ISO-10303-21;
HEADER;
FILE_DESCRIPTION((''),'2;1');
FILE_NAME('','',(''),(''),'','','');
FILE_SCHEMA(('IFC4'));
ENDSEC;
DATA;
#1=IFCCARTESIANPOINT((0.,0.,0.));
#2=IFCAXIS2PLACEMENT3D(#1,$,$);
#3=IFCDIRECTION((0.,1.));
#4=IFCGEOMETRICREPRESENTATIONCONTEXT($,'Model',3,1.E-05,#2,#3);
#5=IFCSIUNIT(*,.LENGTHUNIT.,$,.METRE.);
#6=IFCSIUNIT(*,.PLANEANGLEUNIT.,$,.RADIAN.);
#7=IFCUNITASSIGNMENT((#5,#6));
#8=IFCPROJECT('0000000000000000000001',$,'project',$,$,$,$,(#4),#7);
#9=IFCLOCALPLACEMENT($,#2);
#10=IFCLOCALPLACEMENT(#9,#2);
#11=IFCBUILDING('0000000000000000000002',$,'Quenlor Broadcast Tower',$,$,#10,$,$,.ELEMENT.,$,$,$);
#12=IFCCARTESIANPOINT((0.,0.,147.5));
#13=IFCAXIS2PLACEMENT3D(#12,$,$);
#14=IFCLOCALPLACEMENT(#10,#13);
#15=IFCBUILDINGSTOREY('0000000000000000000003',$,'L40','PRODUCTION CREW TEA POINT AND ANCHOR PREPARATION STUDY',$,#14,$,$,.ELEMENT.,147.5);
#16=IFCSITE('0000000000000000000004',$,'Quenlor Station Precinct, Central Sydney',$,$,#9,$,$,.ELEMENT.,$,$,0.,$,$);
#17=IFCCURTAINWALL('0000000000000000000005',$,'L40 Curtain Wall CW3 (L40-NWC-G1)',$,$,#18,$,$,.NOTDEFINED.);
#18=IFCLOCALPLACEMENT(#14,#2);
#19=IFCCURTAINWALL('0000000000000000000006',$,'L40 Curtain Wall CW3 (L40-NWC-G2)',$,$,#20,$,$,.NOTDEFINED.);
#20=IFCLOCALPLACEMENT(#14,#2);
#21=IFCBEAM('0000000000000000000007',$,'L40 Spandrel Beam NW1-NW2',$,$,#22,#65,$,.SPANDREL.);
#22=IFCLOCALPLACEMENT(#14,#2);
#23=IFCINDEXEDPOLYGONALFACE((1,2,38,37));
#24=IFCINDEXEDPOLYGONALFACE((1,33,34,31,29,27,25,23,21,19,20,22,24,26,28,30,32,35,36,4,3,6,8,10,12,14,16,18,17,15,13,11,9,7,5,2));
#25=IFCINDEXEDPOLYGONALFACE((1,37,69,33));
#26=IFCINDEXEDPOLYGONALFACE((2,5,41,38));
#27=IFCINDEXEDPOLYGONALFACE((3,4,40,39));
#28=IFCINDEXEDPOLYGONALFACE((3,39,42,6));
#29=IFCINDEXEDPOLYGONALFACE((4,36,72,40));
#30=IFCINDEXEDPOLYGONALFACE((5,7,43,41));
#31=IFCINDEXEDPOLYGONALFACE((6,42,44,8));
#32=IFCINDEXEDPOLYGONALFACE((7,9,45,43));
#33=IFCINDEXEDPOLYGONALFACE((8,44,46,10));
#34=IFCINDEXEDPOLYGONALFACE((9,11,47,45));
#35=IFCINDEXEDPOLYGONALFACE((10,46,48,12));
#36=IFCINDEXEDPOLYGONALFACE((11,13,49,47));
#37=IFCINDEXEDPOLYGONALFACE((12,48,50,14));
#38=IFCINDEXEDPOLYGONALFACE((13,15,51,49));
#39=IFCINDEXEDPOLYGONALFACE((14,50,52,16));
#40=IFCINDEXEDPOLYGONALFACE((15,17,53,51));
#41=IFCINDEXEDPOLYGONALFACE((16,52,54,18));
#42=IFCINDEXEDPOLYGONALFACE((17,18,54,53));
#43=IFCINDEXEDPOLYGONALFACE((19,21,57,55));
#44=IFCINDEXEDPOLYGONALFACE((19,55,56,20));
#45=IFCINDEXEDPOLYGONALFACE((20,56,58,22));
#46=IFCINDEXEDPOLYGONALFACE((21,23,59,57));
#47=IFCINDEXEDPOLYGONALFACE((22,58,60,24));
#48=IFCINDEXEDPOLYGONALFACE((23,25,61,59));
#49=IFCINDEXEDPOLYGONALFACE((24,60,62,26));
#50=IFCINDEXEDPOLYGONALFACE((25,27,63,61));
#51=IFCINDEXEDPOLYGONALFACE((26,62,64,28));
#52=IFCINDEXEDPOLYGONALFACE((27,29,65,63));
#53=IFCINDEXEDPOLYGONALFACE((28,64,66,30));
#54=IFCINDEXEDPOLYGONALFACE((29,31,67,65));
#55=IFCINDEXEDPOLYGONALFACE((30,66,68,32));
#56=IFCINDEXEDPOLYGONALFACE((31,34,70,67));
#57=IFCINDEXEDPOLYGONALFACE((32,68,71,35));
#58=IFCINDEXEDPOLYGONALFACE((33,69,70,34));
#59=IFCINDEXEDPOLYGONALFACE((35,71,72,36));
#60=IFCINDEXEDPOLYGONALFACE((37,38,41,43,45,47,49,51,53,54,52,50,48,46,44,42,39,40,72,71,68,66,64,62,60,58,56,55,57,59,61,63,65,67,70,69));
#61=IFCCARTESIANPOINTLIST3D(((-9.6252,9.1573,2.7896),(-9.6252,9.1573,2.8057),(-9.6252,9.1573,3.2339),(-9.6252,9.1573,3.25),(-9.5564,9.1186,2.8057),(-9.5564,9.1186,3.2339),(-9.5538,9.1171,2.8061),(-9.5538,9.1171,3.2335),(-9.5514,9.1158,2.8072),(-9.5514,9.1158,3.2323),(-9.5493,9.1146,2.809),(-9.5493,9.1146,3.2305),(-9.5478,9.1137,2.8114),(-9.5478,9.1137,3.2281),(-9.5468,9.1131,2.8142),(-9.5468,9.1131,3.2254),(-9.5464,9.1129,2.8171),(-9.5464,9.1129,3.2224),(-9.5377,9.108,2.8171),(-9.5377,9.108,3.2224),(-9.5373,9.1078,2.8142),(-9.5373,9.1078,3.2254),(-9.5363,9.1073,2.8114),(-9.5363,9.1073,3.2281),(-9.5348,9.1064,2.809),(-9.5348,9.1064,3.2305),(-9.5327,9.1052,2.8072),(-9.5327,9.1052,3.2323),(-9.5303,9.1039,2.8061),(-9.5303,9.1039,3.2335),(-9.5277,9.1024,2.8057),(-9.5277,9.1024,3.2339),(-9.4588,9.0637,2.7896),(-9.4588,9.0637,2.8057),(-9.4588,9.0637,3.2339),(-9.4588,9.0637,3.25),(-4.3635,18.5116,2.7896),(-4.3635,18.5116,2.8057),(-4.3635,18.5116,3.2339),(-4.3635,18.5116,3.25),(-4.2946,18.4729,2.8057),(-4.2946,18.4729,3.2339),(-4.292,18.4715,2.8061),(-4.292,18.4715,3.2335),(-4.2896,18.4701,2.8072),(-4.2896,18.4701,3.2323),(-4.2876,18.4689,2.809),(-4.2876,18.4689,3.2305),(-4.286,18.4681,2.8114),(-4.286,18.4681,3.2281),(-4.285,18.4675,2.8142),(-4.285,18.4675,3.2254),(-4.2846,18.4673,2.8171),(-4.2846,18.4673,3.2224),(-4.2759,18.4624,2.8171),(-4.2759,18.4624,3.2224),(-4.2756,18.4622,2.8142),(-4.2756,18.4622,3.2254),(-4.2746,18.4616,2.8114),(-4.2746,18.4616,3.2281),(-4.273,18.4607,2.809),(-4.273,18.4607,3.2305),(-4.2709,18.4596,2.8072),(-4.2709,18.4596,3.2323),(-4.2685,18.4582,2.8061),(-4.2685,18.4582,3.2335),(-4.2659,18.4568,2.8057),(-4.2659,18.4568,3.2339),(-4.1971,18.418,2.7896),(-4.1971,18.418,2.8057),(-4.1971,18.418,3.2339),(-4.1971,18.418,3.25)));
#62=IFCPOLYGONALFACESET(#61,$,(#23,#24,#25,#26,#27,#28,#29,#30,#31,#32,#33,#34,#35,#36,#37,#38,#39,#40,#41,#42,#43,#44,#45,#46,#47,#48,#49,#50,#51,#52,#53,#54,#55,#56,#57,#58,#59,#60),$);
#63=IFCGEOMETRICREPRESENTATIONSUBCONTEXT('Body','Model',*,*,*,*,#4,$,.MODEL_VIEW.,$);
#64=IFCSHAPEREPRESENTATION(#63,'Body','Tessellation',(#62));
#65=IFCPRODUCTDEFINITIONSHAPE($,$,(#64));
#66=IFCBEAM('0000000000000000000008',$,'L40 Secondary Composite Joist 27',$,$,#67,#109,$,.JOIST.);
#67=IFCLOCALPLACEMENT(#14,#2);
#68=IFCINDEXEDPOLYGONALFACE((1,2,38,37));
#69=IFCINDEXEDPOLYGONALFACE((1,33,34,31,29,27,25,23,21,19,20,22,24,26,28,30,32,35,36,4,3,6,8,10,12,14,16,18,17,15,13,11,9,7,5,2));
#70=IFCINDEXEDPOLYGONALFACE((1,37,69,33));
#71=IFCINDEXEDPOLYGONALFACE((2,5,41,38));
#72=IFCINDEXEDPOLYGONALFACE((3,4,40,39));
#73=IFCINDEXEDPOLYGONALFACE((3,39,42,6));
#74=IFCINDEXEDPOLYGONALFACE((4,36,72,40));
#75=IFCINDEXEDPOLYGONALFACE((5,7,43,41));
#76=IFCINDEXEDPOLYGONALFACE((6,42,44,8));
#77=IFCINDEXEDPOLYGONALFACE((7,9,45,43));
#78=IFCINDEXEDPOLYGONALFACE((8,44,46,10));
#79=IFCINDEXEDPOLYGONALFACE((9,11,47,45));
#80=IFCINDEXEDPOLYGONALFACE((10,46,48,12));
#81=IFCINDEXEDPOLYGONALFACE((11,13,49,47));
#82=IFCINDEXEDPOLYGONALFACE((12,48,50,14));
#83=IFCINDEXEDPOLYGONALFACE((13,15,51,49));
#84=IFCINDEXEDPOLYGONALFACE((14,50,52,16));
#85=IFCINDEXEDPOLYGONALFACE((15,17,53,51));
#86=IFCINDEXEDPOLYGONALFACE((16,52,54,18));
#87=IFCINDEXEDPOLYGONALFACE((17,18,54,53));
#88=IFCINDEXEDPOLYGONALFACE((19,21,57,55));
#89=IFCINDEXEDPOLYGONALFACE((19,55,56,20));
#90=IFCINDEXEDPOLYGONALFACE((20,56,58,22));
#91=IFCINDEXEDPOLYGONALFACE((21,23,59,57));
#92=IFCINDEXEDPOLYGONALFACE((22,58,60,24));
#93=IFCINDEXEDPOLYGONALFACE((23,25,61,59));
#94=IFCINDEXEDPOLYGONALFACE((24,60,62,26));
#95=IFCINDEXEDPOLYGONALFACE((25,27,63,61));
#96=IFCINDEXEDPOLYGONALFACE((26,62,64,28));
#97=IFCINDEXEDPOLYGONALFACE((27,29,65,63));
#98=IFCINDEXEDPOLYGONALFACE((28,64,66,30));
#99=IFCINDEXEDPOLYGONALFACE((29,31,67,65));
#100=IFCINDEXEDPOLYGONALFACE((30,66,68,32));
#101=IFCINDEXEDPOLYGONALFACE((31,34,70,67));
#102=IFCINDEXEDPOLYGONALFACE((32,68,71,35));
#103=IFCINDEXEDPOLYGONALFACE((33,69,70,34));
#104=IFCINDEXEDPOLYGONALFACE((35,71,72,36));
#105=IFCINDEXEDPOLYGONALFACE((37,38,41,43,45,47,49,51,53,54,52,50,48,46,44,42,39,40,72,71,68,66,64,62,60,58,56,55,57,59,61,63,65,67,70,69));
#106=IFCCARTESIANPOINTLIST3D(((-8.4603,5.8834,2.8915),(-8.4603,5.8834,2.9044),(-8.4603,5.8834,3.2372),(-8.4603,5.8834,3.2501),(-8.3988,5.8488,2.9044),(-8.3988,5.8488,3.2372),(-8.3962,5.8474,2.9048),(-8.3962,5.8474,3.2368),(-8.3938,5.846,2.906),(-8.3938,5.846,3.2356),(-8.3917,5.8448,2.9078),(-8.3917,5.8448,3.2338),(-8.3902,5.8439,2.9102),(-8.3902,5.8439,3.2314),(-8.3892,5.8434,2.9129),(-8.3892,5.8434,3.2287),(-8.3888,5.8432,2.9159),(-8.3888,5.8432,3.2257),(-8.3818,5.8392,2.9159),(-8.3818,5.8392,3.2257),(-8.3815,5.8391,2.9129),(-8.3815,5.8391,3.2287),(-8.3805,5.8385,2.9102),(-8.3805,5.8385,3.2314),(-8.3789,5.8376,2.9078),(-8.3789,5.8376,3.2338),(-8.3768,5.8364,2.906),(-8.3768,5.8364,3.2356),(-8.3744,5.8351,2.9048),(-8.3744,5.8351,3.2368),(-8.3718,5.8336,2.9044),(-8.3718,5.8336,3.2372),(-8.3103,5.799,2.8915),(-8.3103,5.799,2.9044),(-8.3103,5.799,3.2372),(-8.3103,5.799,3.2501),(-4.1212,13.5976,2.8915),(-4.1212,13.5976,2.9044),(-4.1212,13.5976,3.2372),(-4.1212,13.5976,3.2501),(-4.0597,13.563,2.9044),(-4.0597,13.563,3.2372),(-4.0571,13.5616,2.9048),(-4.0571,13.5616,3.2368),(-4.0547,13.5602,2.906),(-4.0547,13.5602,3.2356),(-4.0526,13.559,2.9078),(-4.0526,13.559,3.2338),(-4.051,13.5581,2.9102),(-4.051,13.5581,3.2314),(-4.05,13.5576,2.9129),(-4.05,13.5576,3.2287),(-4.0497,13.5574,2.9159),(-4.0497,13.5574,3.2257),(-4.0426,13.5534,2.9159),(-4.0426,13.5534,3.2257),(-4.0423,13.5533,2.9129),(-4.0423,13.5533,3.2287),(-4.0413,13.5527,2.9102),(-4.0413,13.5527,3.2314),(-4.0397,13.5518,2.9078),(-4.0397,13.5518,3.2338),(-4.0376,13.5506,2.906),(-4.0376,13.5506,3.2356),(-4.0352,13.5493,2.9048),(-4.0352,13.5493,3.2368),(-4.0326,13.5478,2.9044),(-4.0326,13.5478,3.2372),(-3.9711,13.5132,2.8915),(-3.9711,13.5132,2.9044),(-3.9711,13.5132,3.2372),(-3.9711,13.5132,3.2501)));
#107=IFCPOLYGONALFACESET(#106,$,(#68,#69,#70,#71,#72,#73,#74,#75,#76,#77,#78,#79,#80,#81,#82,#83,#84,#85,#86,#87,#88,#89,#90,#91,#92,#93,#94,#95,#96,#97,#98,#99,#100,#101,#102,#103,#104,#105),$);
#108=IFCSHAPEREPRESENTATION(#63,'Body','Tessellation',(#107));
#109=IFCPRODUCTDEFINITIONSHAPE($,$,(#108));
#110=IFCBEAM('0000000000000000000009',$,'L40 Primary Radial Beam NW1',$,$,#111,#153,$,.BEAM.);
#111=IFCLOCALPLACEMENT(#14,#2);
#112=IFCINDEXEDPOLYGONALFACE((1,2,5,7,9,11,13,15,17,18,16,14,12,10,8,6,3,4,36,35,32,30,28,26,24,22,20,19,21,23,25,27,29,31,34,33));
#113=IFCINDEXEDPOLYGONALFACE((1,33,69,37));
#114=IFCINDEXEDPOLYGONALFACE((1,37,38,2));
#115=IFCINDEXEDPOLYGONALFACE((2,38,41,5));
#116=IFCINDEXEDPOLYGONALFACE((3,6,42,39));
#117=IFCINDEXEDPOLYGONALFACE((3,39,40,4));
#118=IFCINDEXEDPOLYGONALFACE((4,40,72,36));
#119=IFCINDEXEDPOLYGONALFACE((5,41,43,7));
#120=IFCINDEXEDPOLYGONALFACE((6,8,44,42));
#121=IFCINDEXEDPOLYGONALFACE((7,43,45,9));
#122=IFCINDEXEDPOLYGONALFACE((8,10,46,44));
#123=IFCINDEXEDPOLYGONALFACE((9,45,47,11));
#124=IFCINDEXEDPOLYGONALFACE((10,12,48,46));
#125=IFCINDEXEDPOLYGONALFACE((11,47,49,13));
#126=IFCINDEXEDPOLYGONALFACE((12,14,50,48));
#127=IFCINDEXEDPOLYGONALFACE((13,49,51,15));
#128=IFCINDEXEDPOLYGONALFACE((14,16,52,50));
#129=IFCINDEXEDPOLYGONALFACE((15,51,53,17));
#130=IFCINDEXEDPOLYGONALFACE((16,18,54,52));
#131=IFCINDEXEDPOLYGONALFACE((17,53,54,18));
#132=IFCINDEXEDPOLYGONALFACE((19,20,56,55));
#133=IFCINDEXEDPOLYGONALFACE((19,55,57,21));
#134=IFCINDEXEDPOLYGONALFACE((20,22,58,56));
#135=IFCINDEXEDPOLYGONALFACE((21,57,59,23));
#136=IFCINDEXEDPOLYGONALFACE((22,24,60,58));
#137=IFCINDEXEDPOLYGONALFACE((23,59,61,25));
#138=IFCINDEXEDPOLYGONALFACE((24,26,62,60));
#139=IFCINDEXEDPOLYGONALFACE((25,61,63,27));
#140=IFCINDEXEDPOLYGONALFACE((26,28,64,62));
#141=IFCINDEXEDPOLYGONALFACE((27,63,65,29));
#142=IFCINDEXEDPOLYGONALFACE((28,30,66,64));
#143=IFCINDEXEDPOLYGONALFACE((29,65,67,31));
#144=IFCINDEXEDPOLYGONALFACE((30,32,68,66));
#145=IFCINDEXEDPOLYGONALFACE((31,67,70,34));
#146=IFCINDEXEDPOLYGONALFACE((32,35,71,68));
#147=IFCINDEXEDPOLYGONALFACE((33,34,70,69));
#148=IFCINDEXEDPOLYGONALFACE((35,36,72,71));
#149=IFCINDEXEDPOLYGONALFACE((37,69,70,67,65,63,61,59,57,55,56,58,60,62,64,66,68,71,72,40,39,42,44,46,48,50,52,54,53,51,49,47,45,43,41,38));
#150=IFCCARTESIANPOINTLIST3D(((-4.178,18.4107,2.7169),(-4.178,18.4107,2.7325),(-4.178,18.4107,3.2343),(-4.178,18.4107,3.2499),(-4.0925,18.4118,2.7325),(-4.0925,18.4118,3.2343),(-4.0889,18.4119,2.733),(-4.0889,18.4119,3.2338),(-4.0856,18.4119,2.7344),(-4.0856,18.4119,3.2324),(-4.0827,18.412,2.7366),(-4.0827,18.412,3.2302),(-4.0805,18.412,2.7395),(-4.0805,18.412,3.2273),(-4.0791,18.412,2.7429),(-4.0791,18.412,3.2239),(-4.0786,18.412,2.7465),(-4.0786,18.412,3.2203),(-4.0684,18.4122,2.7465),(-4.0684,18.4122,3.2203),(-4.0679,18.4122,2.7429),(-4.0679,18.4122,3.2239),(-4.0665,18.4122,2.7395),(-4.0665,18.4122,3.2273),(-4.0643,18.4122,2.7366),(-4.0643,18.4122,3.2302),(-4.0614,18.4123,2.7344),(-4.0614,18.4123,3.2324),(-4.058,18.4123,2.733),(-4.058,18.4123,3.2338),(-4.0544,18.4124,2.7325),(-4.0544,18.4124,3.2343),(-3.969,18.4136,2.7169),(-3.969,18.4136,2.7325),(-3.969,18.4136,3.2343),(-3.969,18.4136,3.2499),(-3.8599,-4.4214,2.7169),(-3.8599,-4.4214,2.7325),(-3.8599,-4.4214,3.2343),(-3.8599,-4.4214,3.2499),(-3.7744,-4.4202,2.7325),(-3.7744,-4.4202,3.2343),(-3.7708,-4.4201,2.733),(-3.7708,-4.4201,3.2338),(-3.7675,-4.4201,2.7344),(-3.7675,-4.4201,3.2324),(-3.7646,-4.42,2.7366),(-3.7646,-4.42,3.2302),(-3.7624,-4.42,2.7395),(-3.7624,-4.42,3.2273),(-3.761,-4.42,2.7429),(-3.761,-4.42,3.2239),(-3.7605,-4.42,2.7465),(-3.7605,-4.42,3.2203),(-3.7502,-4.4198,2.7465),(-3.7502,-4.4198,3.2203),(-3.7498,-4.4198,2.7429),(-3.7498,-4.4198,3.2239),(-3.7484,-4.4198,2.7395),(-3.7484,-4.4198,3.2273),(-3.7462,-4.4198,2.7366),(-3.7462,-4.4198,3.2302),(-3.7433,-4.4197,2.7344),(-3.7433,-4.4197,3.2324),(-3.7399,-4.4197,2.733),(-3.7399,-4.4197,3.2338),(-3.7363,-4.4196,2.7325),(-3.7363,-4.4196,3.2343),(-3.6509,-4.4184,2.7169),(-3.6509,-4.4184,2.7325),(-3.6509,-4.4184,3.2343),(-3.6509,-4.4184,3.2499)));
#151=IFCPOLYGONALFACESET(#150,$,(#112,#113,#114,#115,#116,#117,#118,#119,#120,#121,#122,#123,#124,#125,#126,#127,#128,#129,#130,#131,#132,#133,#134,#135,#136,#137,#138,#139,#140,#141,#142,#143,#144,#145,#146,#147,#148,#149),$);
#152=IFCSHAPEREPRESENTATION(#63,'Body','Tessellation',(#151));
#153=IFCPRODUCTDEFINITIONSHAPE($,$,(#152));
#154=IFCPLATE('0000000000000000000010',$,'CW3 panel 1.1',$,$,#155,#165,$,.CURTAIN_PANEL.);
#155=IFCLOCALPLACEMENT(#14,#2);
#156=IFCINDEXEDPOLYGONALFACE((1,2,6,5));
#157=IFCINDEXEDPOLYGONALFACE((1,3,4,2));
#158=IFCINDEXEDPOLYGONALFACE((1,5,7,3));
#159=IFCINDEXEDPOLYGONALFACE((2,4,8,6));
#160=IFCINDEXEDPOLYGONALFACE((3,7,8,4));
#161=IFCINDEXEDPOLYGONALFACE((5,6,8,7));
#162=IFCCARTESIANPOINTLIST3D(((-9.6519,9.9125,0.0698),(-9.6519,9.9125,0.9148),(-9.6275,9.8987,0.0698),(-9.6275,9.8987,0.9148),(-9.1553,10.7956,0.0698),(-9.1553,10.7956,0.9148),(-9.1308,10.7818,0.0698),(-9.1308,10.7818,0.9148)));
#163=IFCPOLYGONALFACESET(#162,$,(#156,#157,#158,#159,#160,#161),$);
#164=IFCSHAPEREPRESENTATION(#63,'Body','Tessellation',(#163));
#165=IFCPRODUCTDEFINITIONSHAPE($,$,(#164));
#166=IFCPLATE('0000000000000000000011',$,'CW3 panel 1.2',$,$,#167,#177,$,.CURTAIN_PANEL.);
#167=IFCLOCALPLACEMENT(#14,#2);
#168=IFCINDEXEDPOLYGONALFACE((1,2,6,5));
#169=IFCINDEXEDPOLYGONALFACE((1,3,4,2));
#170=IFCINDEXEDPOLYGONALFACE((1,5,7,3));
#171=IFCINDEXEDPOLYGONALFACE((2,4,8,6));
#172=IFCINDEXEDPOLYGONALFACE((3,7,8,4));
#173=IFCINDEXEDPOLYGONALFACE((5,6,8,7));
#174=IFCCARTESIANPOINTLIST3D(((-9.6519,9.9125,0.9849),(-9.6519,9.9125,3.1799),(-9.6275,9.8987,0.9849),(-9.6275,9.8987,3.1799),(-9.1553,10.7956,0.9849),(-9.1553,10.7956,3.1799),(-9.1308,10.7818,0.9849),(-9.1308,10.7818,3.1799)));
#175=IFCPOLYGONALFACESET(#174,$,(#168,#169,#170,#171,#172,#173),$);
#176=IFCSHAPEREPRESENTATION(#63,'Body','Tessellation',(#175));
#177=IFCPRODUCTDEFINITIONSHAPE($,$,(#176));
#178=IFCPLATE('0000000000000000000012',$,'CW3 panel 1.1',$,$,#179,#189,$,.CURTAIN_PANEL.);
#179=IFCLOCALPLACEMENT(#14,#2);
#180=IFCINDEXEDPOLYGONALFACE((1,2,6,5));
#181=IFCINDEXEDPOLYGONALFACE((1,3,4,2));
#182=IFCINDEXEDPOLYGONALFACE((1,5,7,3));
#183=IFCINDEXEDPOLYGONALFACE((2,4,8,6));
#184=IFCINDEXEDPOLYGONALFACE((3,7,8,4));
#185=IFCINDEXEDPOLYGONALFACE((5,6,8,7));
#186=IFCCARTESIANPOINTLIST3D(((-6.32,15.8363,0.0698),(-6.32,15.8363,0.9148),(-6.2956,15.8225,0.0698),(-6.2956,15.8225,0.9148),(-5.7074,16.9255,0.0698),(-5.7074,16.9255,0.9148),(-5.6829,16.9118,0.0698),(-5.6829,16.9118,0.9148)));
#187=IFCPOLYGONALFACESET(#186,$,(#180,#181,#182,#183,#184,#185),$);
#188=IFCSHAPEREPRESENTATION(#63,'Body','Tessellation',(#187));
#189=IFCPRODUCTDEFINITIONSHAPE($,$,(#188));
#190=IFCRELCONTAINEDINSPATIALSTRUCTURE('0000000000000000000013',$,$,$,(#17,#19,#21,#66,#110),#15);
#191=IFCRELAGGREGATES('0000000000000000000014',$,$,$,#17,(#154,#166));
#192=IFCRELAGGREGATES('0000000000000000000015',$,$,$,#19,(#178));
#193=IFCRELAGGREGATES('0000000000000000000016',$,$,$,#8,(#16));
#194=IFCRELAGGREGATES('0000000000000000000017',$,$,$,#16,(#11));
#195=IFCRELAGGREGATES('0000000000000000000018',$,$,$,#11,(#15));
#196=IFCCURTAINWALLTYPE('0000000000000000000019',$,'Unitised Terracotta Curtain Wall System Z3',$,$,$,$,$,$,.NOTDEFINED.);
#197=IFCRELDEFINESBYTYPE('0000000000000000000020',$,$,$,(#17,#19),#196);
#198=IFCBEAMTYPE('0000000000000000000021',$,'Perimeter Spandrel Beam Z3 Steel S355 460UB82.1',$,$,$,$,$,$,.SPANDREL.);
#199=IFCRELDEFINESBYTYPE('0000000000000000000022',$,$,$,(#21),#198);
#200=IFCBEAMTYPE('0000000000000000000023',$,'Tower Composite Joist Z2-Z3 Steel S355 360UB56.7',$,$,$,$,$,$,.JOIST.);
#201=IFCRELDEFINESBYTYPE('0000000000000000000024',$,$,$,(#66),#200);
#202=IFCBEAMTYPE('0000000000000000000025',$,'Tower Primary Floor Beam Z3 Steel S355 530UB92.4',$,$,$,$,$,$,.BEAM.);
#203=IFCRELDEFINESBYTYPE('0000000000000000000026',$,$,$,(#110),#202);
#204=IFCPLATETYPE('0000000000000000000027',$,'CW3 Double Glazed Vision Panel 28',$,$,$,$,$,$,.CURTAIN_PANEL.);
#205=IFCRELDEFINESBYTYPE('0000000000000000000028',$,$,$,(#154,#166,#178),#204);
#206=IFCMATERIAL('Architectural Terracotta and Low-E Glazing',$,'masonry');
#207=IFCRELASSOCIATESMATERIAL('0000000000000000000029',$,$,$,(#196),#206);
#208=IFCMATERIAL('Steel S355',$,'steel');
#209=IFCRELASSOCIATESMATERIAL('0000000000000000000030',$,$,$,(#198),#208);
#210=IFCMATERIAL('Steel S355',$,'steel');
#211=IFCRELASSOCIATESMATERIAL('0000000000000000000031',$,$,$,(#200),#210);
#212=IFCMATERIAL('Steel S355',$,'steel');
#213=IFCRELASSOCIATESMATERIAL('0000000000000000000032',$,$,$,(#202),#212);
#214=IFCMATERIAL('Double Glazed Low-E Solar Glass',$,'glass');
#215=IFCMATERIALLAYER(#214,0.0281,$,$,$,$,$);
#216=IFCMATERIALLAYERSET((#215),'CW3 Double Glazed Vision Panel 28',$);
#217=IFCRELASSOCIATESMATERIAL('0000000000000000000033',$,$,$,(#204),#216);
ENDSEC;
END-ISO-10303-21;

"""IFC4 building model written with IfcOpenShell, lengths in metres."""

from ifc_helpers import new_model, si_unit, direction, frame, origin, origin_2d, place, context, subcontext, project, spatial, rectangle, i_section, extrude, material, layer, layer_set, material_profile, profile_set, type_object, element, aggregate, save


model = new_model("IFC4")

# Units and contexts
model_context = context("Model", 3, precision=1e-05, world=origin(), true_north=direction((0.0, 1.0)))
body_context = subcontext(model_context, "Body", "Model", "MODEL_VIEW")
ifc_project = project(units=[si_unit("LENGTHUNIT", "METRE"), si_unit("PLANEANGLEUNIT", "RADIAN")], contexts=[model_context])

# Site, building, storey
site_placement = place(None, origin())
site = spatial("IfcSite", under=ifc_project, at=site_placement, Name="Quenlor Station Precinct, Central Sydney", CompositionType="ELEMENT", RefElevation=0.0)
building_placement = place(site_placement, origin())
building = spatial("IfcBuilding", under=site, at=building_placement, Name="Quenlor Broadcast Tower", CompositionType="ELEMENT")
storey_placement = place(building_placement, frame((0.0, 0.0, 147.5)))
storey = spatial("IfcBuildingStorey", under=building, at=storey_placement, Name="L40", Description="PRODUCTION CREW TEA POINT AND ANCHOR PREPARATION STUDY", CompositionType="ELEMENT", Elevation=147.5)

# Curtain wall
ifc_material_1 = material(Name="Architectural Terracotta and Low-E Glazing", Category="masonry")
curtain_wall_type = type_object("IfcCurtainWallType", Name="Unitised Terracotta Curtain Wall System Z3", PredefinedType="NOTDEFINED", material=ifc_material_1)
curtain_wall_1_placement = place(storey_placement, origin())
curtain_wall_1 = element("IfcCurtainWall", 1, at=curtain_wall_1_placement, inside=storey, type_object=curtain_wall_type, Name="L40 Curtain Wall CW3 (L40-NWC-G1)", PredefinedType="NOTDEFINED")

# Curtain wall
curtain_wall_2_placement = place(storey_placement, origin())
curtain_wall_2 = element("IfcCurtainWall", 2, at=curtain_wall_2_placement, inside=storey, type_object=curtain_wall_type, Name="L40 Curtain Wall CW3 (L40-NWC-G2)", PredefinedType="NOTDEFINED")

# Beams
ifc_material_2 = material(Name="Steel S355", Category="steel")
ifc_material_profile_1 = material_profile(ifc_material_2, i_section(OverallWidth=0.1909, OverallDepth=0.4604, WebThickness=0.01, FlangeThickness=0.0161, FilletRadius=0.0115, at=origin_2d()))
ifc_profile_set_1 = profile_set([ifc_material_profile_1], Name="Steel S355 460UB82.1")
beam_type_1 = type_object("IfcBeamType", Name="Perimeter Spandrel Beam Z3 Steel S355 460UB82.1", PredefinedType="SPANDREL", material=ifc_profile_set_1)
beam_1_placement = place(storey_placement, frame((-4.2803, 18.4648, 3.0198), z_axis=(-0.490258, -0.871577, 0.0), x_axis=(0.871577, -0.490258, 0.0)))
element("IfcBeam", 3, at=beam_1_placement, inside=storey, type_object=beam_type_1, Name="L40 Spandrel Beam NW1-NW2", PredefinedType="SPANDREL", context=body_context, shape_type="SweptSolid", body=[
    extrude(i_section(OverallWidth=0.1909, OverallDepth=0.4604, WebThickness=0.01, FlangeThickness=0.0161, FilletRadius=0.0115, at=origin_2d()), origin(), (0.0, 0.0, 1.0), 10.7327),
])
ifc_material_3 = material(Name="Steel S355", Category="steel")
ifc_material_profile_2 = material_profile(ifc_material_3, i_section(OverallWidth=0.1721, OverallDepth=0.3586, WebThickness=0.0081, FlangeThickness=0.0129, FilletRadius=0.0115, at=origin_2d()))
ifc_profile_set_2 = profile_set([ifc_material_profile_2], Name="Steel S355 360UB56.7")
beam_type_2 = type_object("IfcBeamType", Name="Tower Composite Joist Z2-Z3 Steel S355 360UB56.7", PredefinedType="JOIST", material=ifc_profile_set_2)
beam_2_placement = place(storey_placement, frame((-4.0461, 13.5554, 3.0708), z_axis=(-0.490255, -0.871579, 0.0), x_axis=(0.871579, -0.490255, 0.0)))
element("IfcBeam", 4, at=beam_2_placement, inside=storey, type_object=beam_type_2, Name="L40 Secondary Composite Joist 27", PredefinedType="JOIST", context=body_context, shape_type="SweptSolid", body=[
    extrude(i_section(OverallWidth=0.1721, OverallDepth=0.3586, WebThickness=0.0081, FlangeThickness=0.0129, FilletRadius=0.0115, at=origin_2d()), origin(), (0.0, 0.0, 1.0), 8.8508),
])
ifc_material_4 = material(Name="Steel S355", Category="steel")
ifc_material_profile_3 = material_profile(ifc_material_4, i_section(OverallWidth=0.209, OverallDepth=0.533, WebThickness=0.0103, FlangeThickness=0.0156, FilletRadius=0.0139, at=origin_2d()))
ifc_profile_set_3 = profile_set([ifc_material_profile_3], Name="Steel S355 530UB92.4")
beam_type_3 = type_object("IfcBeamType", Name="Tower Primary Floor Beam Z3 Steel S355 530UB92.4", PredefinedType="BEAM", material=ifc_profile_set_3)
beam_3_placement = place(storey_placement, frame((-4.0735, 18.4121, 2.9834), z_axis=(0.013931, -0.999903, 0.0), x_axis=(0.999903, 0.013931, 0.0)))
element("IfcBeam", 5, at=beam_3_placement, inside=storey, type_object=beam_type_3, Name="L40 Primary Radial Beam NW1", PredefinedType="BEAM", context=body_context, shape_type="SweptSolid", body=[
    extrude(i_section(OverallWidth=0.209, OverallDepth=0.533, WebThickness=0.0103, FlangeThickness=0.0156, FilletRadius=0.0139, at=origin_2d()), origin(), (0.0, 0.0, 1.0), 22.8342),
])

# Plates
ifc_material_5 = material(Name="Double Glazed Low-E Solar Glass", Category="glass")
ifc_layer_1 = layer(ifc_material_5, 0.0281)
ifc_layer_set_1 = layer_set([ifc_layer_1], Name="CW3 Double Glazed Vision Panel 28")
plate_type_1 = type_object("IfcPlateType", Name="CW3 Double Glazed Vision Panel 28", PredefinedType="CURTAIN_PANEL", material=ifc_layer_set_1)
plate_1_placement = place(storey_placement, frame((-9.3914, 10.3472, 0.0698), z_axis=(0.0, 0.0, 1.0), x_axis=(0.490216, 0.871601, 0.0)))
plate_1 = element("IfcPlate", 6, at=plate_1_placement, type_object=plate_type_1, Name="CW3 panel 1.1", PredefinedType="CURTAIN_PANEL", context=body_context, shape_type="SweptSolid", body=[
    extrude(rectangle(XDim=1.0132, YDim=0.0281, at=origin_2d()), origin(), (0.0, 0.0, 1.0), 0.845),
])
plate_2_placement = place(storey_placement, frame((-9.3914, 10.3472, 0.9849), z_axis=(0.0, 0.0, 1.0), x_axis=(0.490216, 0.871601, 0.0)))
plate_2 = element("IfcPlate", 7, at=plate_2_placement, type_object=plate_type_1, Name="CW3 panel 1.2", PredefinedType="CURTAIN_PANEL", context=body_context, shape_type="SweptSolid", body=[
    extrude(rectangle(XDim=1.0132, YDim=0.0281, at=origin_2d()), origin(), (0.0, 0.0, 1.0), 2.1951),
])
aggregate(curtain_wall_1, [plate_1, plate_2])
plate_3_placement = place(storey_placement, frame((-6.0015, 16.374, 0.0698), z_axis=(0.0, 0.0, 1.0), x_axis=(0.49023, 0.871593, 0.0)))
plate_3 = element("IfcPlate", 8, at=plate_3_placement, type_object=plate_type_1, Name="CW3 panel 1.1", PredefinedType="CURTAIN_PANEL", context=body_context, shape_type="SweptSolid", body=[
    extrude(rectangle(XDim=1.2498, YDim=0.0281, at=origin_2d()), origin(), (0.0, 0.0, 1.0), 0.845),
])
aggregate(curtain_wall_2, [plate_3])

save(model, "model.ifc")
